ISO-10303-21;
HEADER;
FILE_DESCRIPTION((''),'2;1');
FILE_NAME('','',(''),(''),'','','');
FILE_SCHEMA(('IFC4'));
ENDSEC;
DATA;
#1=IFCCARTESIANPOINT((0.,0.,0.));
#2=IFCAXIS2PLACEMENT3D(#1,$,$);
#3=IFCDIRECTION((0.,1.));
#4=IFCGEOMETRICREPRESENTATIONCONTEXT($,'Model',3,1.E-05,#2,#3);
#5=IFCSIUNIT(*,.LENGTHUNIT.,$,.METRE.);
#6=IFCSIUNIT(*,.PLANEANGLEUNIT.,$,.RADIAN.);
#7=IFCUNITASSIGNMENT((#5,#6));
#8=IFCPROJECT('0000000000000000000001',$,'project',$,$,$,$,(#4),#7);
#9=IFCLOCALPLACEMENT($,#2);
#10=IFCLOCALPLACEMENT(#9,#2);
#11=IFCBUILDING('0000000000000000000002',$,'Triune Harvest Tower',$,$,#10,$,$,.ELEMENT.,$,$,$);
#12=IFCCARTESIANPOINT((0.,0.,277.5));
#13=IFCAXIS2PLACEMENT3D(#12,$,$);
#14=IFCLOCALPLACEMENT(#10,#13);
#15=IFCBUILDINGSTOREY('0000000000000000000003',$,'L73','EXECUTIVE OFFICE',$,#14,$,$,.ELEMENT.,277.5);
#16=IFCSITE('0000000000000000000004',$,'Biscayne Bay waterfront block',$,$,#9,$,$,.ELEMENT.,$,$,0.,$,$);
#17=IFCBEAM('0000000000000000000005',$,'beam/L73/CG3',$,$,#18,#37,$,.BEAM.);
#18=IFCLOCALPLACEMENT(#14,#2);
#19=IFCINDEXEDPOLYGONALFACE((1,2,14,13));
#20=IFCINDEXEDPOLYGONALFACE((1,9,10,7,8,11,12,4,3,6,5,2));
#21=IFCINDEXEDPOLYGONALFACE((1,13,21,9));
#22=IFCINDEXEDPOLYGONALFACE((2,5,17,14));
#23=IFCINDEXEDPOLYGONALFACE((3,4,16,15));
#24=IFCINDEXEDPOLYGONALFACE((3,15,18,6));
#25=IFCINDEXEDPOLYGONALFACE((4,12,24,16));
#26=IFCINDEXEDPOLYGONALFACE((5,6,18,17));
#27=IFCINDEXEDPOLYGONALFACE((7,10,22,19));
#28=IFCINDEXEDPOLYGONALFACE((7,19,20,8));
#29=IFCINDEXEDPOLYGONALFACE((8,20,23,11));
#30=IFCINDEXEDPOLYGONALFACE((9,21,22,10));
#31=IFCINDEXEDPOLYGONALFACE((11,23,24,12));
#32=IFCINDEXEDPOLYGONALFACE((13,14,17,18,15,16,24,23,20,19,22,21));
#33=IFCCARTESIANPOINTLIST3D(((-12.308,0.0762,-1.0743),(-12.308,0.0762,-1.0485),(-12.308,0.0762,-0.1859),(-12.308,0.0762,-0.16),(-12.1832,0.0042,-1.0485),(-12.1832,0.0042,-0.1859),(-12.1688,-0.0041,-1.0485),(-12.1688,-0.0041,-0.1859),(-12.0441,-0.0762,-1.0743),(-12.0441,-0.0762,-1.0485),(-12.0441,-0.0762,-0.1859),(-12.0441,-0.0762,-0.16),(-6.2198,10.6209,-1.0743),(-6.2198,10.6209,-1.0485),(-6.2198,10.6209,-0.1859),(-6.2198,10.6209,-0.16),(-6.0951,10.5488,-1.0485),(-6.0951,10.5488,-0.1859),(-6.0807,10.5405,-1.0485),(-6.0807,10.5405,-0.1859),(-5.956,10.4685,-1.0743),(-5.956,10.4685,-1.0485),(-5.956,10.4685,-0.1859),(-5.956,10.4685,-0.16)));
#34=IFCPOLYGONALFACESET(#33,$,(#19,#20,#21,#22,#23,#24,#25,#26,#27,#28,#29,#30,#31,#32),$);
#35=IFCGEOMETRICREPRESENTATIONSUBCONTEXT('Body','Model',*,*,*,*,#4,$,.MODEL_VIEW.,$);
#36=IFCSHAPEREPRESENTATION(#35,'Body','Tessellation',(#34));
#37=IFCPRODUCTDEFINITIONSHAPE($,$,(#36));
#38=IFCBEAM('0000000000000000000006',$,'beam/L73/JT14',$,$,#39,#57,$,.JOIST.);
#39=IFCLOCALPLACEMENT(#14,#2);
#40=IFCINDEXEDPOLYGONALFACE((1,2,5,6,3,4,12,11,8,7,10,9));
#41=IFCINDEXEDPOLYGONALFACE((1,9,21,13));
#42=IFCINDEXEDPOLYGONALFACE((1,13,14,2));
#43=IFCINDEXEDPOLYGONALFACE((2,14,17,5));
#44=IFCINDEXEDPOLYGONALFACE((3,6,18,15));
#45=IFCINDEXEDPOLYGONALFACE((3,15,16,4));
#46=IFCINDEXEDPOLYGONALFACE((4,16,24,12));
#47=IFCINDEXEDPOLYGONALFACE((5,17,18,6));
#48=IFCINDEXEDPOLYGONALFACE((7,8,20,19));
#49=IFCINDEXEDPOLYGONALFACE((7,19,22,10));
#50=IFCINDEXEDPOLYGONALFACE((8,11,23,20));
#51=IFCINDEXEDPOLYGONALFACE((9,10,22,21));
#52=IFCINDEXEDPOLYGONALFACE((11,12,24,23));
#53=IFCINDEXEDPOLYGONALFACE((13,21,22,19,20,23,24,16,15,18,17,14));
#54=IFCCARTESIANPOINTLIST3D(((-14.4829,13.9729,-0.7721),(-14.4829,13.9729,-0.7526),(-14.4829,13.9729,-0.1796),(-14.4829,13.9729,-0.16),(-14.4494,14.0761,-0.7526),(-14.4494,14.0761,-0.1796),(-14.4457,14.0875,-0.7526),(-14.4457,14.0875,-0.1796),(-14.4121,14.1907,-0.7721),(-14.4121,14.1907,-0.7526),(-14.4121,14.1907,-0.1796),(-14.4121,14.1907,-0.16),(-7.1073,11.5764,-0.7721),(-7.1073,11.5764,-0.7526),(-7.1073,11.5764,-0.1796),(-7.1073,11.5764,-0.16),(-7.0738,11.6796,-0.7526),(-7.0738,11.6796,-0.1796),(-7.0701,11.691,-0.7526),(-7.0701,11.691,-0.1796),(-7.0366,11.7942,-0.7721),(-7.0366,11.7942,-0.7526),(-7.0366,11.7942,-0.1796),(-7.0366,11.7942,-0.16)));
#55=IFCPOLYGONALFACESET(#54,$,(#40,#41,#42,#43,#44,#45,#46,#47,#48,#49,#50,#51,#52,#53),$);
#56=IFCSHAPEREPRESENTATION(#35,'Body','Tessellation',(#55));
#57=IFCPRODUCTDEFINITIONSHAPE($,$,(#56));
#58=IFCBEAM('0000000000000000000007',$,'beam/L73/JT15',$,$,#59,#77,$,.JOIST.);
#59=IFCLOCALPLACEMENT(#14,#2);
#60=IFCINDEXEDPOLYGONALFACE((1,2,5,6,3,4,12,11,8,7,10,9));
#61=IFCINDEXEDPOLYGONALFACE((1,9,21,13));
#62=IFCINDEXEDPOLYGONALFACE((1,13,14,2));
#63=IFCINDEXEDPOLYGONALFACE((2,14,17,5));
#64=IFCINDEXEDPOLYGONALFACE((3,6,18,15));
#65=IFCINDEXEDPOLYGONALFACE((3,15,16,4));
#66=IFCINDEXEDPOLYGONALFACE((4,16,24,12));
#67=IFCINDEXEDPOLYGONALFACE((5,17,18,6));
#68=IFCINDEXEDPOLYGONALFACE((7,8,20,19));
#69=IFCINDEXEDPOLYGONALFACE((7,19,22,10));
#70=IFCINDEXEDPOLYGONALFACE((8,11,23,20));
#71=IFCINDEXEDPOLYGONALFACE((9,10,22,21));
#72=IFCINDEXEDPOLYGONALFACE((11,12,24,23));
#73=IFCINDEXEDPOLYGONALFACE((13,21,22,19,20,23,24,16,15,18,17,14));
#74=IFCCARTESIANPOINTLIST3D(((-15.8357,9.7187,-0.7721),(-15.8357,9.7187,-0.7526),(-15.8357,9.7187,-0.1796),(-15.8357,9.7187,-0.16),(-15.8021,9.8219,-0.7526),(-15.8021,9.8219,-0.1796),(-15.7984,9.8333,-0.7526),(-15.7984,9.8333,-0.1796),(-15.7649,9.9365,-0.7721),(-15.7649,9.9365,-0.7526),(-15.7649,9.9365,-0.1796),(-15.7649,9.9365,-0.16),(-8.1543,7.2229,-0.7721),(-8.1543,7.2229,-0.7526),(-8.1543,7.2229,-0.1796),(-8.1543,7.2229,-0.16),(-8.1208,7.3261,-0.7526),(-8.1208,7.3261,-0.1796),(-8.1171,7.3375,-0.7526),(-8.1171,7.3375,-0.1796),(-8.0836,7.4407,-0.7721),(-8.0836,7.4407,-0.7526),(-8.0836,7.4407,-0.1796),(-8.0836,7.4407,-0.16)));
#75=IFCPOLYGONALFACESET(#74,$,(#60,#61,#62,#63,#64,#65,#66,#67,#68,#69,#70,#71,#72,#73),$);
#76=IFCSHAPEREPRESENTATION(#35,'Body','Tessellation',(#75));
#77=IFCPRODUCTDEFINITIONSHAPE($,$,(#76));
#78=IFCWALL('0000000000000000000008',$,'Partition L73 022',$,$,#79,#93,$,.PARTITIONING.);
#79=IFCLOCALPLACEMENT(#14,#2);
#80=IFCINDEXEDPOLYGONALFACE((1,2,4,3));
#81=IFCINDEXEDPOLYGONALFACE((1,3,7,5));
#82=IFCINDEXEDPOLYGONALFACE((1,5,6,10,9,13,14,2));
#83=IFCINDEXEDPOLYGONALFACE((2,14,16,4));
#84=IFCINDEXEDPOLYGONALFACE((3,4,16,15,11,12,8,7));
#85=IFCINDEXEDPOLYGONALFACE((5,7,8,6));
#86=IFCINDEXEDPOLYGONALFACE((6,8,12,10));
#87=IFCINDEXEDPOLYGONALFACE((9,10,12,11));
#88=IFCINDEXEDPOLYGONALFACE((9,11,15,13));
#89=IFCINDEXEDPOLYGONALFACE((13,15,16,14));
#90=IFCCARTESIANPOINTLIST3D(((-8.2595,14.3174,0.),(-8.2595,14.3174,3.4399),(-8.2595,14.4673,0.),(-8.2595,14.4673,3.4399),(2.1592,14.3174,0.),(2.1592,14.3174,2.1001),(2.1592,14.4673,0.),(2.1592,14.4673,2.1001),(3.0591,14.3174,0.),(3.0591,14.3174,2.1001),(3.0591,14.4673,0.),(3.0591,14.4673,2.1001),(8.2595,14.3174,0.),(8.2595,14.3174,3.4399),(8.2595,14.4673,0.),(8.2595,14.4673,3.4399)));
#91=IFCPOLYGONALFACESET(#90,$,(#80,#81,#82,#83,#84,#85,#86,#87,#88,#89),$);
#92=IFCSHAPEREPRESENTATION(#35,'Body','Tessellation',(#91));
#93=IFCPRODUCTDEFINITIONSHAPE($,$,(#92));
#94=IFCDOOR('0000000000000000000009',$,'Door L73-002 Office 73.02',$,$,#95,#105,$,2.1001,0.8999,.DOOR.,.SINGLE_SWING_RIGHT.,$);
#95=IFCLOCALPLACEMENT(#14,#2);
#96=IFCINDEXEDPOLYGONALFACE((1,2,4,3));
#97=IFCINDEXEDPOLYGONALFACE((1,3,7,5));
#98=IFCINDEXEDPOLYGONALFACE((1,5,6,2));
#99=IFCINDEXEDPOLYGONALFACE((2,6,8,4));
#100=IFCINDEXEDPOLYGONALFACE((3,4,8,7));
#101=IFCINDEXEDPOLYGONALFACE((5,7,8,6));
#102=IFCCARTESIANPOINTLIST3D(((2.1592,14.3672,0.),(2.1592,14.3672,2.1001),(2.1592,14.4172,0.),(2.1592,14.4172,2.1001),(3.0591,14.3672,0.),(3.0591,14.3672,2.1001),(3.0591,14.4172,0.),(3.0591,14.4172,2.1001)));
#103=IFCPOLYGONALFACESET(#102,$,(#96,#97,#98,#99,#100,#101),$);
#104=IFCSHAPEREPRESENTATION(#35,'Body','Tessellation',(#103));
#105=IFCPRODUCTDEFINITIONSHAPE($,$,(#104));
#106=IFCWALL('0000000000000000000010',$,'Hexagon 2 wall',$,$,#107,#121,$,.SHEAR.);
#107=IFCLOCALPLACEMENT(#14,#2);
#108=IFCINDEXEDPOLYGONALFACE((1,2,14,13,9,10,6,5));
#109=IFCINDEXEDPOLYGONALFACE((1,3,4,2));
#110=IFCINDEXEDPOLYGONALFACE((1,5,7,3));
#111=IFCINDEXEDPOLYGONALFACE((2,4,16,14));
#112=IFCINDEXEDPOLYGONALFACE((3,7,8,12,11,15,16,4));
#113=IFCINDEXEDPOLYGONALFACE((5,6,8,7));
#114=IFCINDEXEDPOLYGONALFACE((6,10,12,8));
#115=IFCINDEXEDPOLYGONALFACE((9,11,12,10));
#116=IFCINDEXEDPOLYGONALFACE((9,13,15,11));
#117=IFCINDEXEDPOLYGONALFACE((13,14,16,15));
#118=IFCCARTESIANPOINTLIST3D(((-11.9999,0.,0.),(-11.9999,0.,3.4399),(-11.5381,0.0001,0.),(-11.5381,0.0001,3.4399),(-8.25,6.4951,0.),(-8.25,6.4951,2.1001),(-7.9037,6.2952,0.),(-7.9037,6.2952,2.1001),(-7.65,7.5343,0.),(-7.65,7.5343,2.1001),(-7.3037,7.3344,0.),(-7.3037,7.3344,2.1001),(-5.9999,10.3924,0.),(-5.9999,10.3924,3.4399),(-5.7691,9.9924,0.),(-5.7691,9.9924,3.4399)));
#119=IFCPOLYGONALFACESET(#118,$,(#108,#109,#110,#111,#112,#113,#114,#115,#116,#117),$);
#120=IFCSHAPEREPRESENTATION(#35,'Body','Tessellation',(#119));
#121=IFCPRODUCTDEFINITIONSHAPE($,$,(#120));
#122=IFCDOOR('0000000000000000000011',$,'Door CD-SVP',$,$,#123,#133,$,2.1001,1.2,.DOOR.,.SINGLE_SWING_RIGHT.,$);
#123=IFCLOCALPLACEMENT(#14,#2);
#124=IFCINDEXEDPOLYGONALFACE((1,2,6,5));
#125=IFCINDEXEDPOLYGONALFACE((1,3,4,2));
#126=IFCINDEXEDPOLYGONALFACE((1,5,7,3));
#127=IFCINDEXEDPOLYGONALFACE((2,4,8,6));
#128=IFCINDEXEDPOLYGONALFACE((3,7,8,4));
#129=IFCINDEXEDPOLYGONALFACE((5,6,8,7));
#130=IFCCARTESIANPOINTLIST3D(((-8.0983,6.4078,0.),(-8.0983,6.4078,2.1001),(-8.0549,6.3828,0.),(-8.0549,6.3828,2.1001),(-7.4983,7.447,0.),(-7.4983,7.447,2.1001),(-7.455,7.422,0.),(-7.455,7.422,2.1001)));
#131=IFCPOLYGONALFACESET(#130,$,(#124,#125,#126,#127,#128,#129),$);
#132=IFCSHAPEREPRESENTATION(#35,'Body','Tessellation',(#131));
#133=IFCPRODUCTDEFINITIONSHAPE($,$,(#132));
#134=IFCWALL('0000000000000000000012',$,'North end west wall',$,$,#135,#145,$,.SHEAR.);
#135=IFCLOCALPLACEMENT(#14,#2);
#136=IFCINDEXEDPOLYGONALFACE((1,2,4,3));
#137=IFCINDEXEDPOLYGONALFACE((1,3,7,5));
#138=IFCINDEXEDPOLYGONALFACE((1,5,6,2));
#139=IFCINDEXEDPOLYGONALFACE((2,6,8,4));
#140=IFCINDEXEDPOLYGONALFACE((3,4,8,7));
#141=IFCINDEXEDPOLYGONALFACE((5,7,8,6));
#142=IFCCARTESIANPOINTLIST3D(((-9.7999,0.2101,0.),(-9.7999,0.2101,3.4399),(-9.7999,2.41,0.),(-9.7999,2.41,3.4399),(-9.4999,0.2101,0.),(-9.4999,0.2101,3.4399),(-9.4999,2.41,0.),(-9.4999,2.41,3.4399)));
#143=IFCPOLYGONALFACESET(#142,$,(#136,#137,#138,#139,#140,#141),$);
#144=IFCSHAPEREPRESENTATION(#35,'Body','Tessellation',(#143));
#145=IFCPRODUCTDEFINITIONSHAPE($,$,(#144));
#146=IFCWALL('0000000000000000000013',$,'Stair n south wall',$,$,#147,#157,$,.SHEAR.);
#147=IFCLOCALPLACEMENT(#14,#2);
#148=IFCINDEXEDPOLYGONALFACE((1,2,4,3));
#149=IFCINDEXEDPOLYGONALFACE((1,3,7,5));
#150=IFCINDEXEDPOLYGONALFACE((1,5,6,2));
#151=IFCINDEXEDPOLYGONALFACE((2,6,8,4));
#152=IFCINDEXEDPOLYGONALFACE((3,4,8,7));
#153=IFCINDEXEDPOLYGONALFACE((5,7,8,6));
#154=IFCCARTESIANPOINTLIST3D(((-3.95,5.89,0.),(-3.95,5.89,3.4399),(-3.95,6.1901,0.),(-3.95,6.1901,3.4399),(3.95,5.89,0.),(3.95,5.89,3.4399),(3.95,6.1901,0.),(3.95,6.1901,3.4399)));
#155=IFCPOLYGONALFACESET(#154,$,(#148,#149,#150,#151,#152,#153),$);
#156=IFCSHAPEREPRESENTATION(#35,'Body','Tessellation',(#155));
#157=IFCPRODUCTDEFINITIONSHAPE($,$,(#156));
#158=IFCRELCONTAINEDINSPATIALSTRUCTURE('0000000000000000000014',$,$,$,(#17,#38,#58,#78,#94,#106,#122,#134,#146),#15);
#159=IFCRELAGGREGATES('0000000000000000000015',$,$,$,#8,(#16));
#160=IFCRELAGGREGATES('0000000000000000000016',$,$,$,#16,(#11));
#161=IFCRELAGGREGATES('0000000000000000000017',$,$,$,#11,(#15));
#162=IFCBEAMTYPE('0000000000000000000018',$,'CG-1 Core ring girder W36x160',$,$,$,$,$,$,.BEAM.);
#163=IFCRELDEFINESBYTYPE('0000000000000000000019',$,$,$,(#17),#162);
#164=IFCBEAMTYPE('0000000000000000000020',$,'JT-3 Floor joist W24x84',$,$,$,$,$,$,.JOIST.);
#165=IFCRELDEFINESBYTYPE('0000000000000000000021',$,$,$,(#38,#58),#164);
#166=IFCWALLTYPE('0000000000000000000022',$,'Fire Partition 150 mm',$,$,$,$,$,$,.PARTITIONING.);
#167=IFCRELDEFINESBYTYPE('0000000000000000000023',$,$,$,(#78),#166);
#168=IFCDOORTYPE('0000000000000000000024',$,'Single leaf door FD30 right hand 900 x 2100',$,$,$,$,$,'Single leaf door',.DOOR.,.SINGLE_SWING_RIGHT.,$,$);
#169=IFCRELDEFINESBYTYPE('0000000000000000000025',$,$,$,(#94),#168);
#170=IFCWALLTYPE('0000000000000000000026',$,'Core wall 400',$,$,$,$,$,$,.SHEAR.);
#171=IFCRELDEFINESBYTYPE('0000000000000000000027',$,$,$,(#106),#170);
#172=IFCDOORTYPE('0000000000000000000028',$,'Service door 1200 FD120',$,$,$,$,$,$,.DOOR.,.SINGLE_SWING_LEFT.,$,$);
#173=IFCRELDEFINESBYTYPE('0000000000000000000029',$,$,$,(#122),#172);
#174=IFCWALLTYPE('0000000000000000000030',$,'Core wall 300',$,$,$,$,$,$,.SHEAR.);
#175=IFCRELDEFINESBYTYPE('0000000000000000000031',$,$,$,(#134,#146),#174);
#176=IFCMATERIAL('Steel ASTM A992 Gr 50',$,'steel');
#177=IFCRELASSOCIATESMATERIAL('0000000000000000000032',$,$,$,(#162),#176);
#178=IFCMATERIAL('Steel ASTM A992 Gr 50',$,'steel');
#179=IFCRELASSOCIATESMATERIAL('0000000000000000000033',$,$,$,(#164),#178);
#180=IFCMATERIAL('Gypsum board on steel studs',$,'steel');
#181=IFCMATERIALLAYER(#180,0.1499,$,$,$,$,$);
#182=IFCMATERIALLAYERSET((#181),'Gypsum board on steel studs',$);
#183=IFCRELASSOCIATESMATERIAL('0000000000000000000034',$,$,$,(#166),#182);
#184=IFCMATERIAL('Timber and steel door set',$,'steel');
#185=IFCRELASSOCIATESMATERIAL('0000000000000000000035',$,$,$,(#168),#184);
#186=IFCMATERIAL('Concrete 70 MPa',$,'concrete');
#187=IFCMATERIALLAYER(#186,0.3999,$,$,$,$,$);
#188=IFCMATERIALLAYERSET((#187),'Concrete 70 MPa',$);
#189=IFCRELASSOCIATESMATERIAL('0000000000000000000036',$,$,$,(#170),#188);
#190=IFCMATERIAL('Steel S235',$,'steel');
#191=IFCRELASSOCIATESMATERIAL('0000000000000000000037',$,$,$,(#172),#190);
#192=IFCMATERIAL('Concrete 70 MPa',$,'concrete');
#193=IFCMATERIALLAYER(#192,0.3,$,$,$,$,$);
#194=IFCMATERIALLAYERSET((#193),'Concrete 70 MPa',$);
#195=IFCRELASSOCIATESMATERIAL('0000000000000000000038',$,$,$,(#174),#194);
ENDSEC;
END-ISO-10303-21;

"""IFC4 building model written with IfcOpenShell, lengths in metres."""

from ifc_helpers import new_model, si_unit, direction, frame, frame_2d, origin, origin_2d, place, context, subcontext, project, spatial, polyline, rectangle, i_section, outline, extrude, source, transform, mapped, material, layer, layer_set, material_profile, profile_set, type_object, element, fill, save


model = new_model("IFC4")

# Units and contexts
model_context = context("Model", 3, precision=1e-05, world=origin(), true_north=direction((0.0, 1.0)))
body_context = subcontext(model_context, "Body", "Model", "MODEL_VIEW")
ifc_project = project(units=[si_unit("LENGTHUNIT", "METRE"), si_unit("PLANEANGLEUNIT", "RADIAN")], contexts=[model_context])

# Site, building, storey
site_placement = place(None, origin())
site = spatial("IfcSite", under=ifc_project, at=site_placement, Name="Biscayne Bay waterfront block", CompositionType="ELEMENT", RefElevation=0.0)
building_placement = place(site_placement, origin())
building = spatial("IfcBuilding", under=site, at=building_placement, Name="Triune Harvest Tower", CompositionType="ELEMENT")
storey_placement = place(building_placement, frame((0.0, 0.0, 277.5)))
storey = spatial("IfcBuildingStorey", under=building, at=storey_placement, Name="L73", Description="EXECUTIVE OFFICE", CompositionType="ELEMENT", Elevation=277.5)

# Beams
ifc_material_1 = material(Name="Steel ASTM A992 Gr 50", Category="steel")
ifc_material_profile_1 = material_profile(ifc_material_1, i_section(OverallWidth=0.3047, OverallDepth=0.9143, WebThickness=0.0166, FlangeThickness=0.0259, at=origin_2d()), Name="W36x160")
ifc_profile_set_1 = profile_set([ifc_material_profile_1], Name="Steel ASTM A992 Gr 50")
beam_type_1 = type_object("IfcBeamType", Name="CG-1 Core ring girder W36x160", PredefinedType="BEAM", material=ifc_profile_set_1)
shared_shape_1 = source(origin(), body_context, "Body", "SweptSolid", [
    extrude(i_section(OverallWidth=0.3047, OverallDepth=0.9143, WebThickness=0.0166, FlangeThickness=0.0259, at=origin_2d()), origin(), (0.0, 0.0, 1.0), 12.176),
])
beam_1_placement = place(storey_placement, frame((-6.0879, 10.5447, -0.6172), z_axis=(-0.50001, -0.86602, 0.0), x_axis=(0.86602, -0.50001, 0.0)))
element("IfcBeam", 1, at=beam_1_placement, inside=storey, type_object=beam_type_1, Name="beam/L73/CG3", PredefinedType="BEAM", context=body_context, shape_type="MappedRepresentation", body=[
    mapped(shared_shape_1, transform((0.0, 0.0, 0.0), scale=1.0)),
])
ifc_material_2 = material(Name="Steel ASTM A992 Gr 50", Category="steel")
ifc_material_profile_2 = material_profile(ifc_material_2, i_section(OverallWidth=0.229, OverallDepth=0.6121, WebThickness=0.012, FlangeThickness=0.0195, at=origin_2d()), Name="W24x84")
ifc_profile_set_2 = profile_set([ifc_material_profile_2], Name="Steel ASTM A992 Gr 50")
beam_type_2 = type_object("IfcBeamType", Name="JT-3 Floor joist W24x84", PredefinedType="JOIST", material=ifc_profile_set_2)
shared_shape_2 = source(origin(), body_context, "Body", "SweptSolid", [
    extrude(i_section(OverallWidth=0.229, OverallDepth=0.6121, WebThickness=0.012, FlangeThickness=0.0195, at=origin_2d()), origin(), (0.0, 0.0, 1.0), 7.7551),
])
beam_2_placement = place(storey_placement, frame((-14.4475, 14.0818, -0.4661), z_axis=(0.951055, -0.309022, 0.0), x_axis=(0.309022, 0.951055, 0.0)))
element("IfcBeam", 2, at=beam_2_placement, inside=storey, type_object=beam_type_2, Name="beam/L73/JT14", PredefinedType="JOIST", context=body_context, shape_type="MappedRepresentation", body=[
    mapped(shared_shape_2, transform((0.0, 0.0, 0.0), scale=1.0)),
])
shared_shape_3 = source(origin(), body_context, "Body", "SweptSolid", [
    extrude(i_section(OverallWidth=0.229, OverallDepth=0.6121, WebThickness=0.012, FlangeThickness=0.0195, at=origin_2d()), origin(), (0.0, 0.0, 1.0), 8.0767),
])
beam_3_placement = place(storey_placement, frame((-15.8003, 9.8276, -0.4661), z_axis=(0.951056, -0.309018, 0.0), x_axis=(0.309018, 0.951056, 0.0)))
element("IfcBeam", 3, at=beam_3_placement, inside=storey, type_object=beam_type_2, Name="beam/L73/JT15", PredefinedType="JOIST", context=body_context, shape_type="MappedRepresentation", body=[
    mapped(shared_shape_3, transform((0.0, 0.0, 0.0), scale=1.0)),
])

# Walls, openings, doors
ifc_material_3 = material(Name="Gypsum board on steel studs", Category="steel")
ifc_layer_1 = layer(ifc_material_3, 0.1499)
ifc_layer_set_1 = layer_set([ifc_layer_1], Name="Gypsum board on steel studs")
wall_type_1 = type_object("IfcWallType", Name="Fire Partition 150 mm", PredefinedType="PARTITIONING", material=ifc_layer_set_1)
wall_1_placement = place(storey_placement, frame((-8.2595, 14.3923, 0.0), z_axis=(0.0, 0.0, 1.0), x_axis=(1.0, 0.0, 0.0)))
wall_1 = element("IfcWall", 4, at=wall_1_placement, inside=storey, type_object=wall_type_1, Name="Partition L73 022", PredefinedType="PARTITIONING", context=body_context, shape_type="SweptSolid", body=[
    extrude(rectangle(XDim=16.519, YDim=0.1499, at=frame_2d((8.2595, 0.0))), origin(), (0.0, 0.0, 1.0), 3.4399),
])
opening_1_placement = place(wall_1_placement, frame((10.4187, 0.0, 0.0)))
opening_1 = element("IfcOpeningElement", 5, at=opening_1_placement, cuts=wall_1, PredefinedType="OPENING", context=body_context, shape_type="SweptSolid", body=[
    extrude(rectangle(XDim=0.8999, YDim=2.1001, at=frame_2d((0.45, 1.05))), frame((0.0, 0.085, 0.0), z_axis=(0.0, -1.0, 0.0), x_axis=(1.0, 0.0, 0.0)), (0.0, 0.0, 1.0), 0.1699),
])
ifc_material_4 = material(Name="Timber and steel door set", Category="steel")
door_type_1 = type_object("IfcDoorType", Name="Single leaf door FD30 right hand 900 x 2100", ElementType="Single leaf door", OperationType="SINGLE_SWING_RIGHT", PredefinedType="DOOR", material=ifc_material_4)
door_1_placement = place(opening_1_placement, origin())
door_1 = element("IfcDoor", 6, at=door_1_placement, inside=storey, type_object=door_type_1, Name="Door L73-002 Office 73.02", OperationType="SINGLE_SWING_RIGHT", OverallHeight=2.1001, OverallWidth=0.8999, PredefinedType="DOOR", context=body_context, shape_type="SweptSolid", body=[
    extrude(rectangle(XDim=0.8999, YDim=2.1001, at=frame_2d((0.45, 1.05))), frame((0.0, 0.0249, 0.0), z_axis=(0.0, -1.0, 0.0), x_axis=(1.0, 0.0, 0.0)), (0.0, 0.0, 1.0), 0.05),
])
fill(opening_1, door_1)
ifc_material_5 = material(Name="Concrete 70 MPa", Category="concrete")
ifc_layer_2 = layer(ifc_material_5, 0.3999)
ifc_layer_set_2 = layer_set([ifc_layer_2], Name="Concrete 70 MPa")
wall_type_2 = type_object("IfcWallType", Name="Core wall 400", PredefinedType="SHEAR", material=ifc_layer_set_2)
shared_shape_4 = source(origin(), body_context, "Body", "SweptSolid", [
    extrude(outline(polyline([(-0.1155, -0.2), (11.8845, -0.2), (11.6536, 0.2), (0.1155, 0.2), (-0.1155, -0.2)])), origin(), (0.0, 0.0, 1.0), 3.4399),
])
wall_2_placement = place(storey_placement, frame((-5.8845, 10.1924, 0.0), z_axis=(0.0, 0.0, 1.0), x_axis=(-0.499997, -0.866027, 0.0)))
wall_2 = element("IfcWall", 7, at=wall_2_placement, inside=storey, type_object=wall_type_2, Name="Hexagon 2 wall", PredefinedType="SHEAR", context=body_context, shape_type="MappedRepresentation", body=[
    mapped(shared_shape_4, transform((0.0, 0.0, 0.0), scale=1.0)),
])
opening_2_placement = place(wall_2_placement, frame((3.1846, 0.0, 0.0)))
opening_2 = element("IfcOpeningElement", 8, at=opening_2_placement, cuts=wall_2, PredefinedType="OPENING", context=body_context, shape_type="SweptSolid", body=[
    extrude(rectangle(XDim=1.2, YDim=2.1001, at=frame_2d((0.6001, 1.05))), frame((0.0, 0.21, 0.0), z_axis=(0.0, -1.0, 0.0), x_axis=(1.0, 0.0, 0.0)), (0.0, 0.0, 1.0), 0.4199),
])
ifc_material_6 = material(Name="Steel S235", Category="steel")
door_type_2 = type_object("IfcDoorType", Name="Service door 1200 FD120", OperationType="SINGLE_SWING_LEFT", PredefinedType="DOOR", material=ifc_material_6)
door_2_placement = place(opening_2_placement, frame((1.2, 0.0, 0.0), z_axis=(0.0, 0.0, 1.0), x_axis=(-1.0, 0.0, 0.0)))
door_2 = element("IfcDoor", 9, at=door_2_placement, inside=storey, type_object=door_type_2, Name="Door CD-SVP", OperationType="SINGLE_SWING_RIGHT", OverallHeight=2.1001, OverallWidth=1.2, PredefinedType="DOOR", context=body_context, shape_type="SweptSolid", body=[
    extrude(rectangle(XDim=1.2, YDim=2.1001, at=frame_2d((0.6001, 1.05))), frame((0.0, 0.0249, 0.0), z_axis=(0.0, -1.0, 0.0), x_axis=(1.0, 0.0, 0.0)), (0.0, 0.0, 1.0), 0.05),
])
fill(opening_2, door_2)

# Walls
ifc_material_7 = material(Name="Concrete 70 MPa", Category="concrete")
ifc_layer_3 = layer(ifc_material_7, 0.3)
ifc_layer_set_3 = layer_set([ifc_layer_3], Name="Concrete 70 MPa")
wall_type_3 = type_object("IfcWallType", Name="Core wall 300", PredefinedType="SHEAR", material=ifc_layer_set_3)
shared_shape_5 = source(origin(), body_context, "Body", "SweptSolid", [
    extrude(rectangle(XDim=2.2, YDim=0.3, at=frame_2d((1.1001, 0.0))), origin(), (0.0, 0.0, 1.0), 3.4399),
])
wall_3_placement = place(storey_placement, frame((-9.6499, 0.21, 0.0), z_axis=(0.0, 0.0, 1.0), x_axis=(0.0, 1.0, 0.0)))
element("IfcWall", 10, at=wall_3_placement, inside=storey, type_object=wall_type_3, Name="North end west wall", PredefinedType="SHEAR", context=body_context, shape_type="MappedRepresentation", body=[
    mapped(shared_shape_5, transform((0.0, 0.0, 0.0), scale=1.0)),
])
shared_shape_6 = source(origin(), body_context, "Body", "SweptSolid", [
    extrude(rectangle(XDim=7.8999, YDim=0.3, at=frame_2d((3.95, 0.0))), origin(), (0.0, 0.0, 1.0), 3.4399),
])
wall_4_placement = place(storey_placement, frame((-3.95, 6.04, 0.0), z_axis=(0.0, 0.0, 1.0), x_axis=(1.0, 0.0, 0.0)))
element("IfcWall", 11, at=wall_4_placement, inside=storey, type_object=wall_type_3, Name="Stair n south wall", PredefinedType="SHEAR", context=body_context, shape_type="MappedRepresentation", body=[
    mapped(shared_shape_6, transform((0.0, 0.0, 0.0), scale=1.0)),
])

save(model, "model.ifc")
